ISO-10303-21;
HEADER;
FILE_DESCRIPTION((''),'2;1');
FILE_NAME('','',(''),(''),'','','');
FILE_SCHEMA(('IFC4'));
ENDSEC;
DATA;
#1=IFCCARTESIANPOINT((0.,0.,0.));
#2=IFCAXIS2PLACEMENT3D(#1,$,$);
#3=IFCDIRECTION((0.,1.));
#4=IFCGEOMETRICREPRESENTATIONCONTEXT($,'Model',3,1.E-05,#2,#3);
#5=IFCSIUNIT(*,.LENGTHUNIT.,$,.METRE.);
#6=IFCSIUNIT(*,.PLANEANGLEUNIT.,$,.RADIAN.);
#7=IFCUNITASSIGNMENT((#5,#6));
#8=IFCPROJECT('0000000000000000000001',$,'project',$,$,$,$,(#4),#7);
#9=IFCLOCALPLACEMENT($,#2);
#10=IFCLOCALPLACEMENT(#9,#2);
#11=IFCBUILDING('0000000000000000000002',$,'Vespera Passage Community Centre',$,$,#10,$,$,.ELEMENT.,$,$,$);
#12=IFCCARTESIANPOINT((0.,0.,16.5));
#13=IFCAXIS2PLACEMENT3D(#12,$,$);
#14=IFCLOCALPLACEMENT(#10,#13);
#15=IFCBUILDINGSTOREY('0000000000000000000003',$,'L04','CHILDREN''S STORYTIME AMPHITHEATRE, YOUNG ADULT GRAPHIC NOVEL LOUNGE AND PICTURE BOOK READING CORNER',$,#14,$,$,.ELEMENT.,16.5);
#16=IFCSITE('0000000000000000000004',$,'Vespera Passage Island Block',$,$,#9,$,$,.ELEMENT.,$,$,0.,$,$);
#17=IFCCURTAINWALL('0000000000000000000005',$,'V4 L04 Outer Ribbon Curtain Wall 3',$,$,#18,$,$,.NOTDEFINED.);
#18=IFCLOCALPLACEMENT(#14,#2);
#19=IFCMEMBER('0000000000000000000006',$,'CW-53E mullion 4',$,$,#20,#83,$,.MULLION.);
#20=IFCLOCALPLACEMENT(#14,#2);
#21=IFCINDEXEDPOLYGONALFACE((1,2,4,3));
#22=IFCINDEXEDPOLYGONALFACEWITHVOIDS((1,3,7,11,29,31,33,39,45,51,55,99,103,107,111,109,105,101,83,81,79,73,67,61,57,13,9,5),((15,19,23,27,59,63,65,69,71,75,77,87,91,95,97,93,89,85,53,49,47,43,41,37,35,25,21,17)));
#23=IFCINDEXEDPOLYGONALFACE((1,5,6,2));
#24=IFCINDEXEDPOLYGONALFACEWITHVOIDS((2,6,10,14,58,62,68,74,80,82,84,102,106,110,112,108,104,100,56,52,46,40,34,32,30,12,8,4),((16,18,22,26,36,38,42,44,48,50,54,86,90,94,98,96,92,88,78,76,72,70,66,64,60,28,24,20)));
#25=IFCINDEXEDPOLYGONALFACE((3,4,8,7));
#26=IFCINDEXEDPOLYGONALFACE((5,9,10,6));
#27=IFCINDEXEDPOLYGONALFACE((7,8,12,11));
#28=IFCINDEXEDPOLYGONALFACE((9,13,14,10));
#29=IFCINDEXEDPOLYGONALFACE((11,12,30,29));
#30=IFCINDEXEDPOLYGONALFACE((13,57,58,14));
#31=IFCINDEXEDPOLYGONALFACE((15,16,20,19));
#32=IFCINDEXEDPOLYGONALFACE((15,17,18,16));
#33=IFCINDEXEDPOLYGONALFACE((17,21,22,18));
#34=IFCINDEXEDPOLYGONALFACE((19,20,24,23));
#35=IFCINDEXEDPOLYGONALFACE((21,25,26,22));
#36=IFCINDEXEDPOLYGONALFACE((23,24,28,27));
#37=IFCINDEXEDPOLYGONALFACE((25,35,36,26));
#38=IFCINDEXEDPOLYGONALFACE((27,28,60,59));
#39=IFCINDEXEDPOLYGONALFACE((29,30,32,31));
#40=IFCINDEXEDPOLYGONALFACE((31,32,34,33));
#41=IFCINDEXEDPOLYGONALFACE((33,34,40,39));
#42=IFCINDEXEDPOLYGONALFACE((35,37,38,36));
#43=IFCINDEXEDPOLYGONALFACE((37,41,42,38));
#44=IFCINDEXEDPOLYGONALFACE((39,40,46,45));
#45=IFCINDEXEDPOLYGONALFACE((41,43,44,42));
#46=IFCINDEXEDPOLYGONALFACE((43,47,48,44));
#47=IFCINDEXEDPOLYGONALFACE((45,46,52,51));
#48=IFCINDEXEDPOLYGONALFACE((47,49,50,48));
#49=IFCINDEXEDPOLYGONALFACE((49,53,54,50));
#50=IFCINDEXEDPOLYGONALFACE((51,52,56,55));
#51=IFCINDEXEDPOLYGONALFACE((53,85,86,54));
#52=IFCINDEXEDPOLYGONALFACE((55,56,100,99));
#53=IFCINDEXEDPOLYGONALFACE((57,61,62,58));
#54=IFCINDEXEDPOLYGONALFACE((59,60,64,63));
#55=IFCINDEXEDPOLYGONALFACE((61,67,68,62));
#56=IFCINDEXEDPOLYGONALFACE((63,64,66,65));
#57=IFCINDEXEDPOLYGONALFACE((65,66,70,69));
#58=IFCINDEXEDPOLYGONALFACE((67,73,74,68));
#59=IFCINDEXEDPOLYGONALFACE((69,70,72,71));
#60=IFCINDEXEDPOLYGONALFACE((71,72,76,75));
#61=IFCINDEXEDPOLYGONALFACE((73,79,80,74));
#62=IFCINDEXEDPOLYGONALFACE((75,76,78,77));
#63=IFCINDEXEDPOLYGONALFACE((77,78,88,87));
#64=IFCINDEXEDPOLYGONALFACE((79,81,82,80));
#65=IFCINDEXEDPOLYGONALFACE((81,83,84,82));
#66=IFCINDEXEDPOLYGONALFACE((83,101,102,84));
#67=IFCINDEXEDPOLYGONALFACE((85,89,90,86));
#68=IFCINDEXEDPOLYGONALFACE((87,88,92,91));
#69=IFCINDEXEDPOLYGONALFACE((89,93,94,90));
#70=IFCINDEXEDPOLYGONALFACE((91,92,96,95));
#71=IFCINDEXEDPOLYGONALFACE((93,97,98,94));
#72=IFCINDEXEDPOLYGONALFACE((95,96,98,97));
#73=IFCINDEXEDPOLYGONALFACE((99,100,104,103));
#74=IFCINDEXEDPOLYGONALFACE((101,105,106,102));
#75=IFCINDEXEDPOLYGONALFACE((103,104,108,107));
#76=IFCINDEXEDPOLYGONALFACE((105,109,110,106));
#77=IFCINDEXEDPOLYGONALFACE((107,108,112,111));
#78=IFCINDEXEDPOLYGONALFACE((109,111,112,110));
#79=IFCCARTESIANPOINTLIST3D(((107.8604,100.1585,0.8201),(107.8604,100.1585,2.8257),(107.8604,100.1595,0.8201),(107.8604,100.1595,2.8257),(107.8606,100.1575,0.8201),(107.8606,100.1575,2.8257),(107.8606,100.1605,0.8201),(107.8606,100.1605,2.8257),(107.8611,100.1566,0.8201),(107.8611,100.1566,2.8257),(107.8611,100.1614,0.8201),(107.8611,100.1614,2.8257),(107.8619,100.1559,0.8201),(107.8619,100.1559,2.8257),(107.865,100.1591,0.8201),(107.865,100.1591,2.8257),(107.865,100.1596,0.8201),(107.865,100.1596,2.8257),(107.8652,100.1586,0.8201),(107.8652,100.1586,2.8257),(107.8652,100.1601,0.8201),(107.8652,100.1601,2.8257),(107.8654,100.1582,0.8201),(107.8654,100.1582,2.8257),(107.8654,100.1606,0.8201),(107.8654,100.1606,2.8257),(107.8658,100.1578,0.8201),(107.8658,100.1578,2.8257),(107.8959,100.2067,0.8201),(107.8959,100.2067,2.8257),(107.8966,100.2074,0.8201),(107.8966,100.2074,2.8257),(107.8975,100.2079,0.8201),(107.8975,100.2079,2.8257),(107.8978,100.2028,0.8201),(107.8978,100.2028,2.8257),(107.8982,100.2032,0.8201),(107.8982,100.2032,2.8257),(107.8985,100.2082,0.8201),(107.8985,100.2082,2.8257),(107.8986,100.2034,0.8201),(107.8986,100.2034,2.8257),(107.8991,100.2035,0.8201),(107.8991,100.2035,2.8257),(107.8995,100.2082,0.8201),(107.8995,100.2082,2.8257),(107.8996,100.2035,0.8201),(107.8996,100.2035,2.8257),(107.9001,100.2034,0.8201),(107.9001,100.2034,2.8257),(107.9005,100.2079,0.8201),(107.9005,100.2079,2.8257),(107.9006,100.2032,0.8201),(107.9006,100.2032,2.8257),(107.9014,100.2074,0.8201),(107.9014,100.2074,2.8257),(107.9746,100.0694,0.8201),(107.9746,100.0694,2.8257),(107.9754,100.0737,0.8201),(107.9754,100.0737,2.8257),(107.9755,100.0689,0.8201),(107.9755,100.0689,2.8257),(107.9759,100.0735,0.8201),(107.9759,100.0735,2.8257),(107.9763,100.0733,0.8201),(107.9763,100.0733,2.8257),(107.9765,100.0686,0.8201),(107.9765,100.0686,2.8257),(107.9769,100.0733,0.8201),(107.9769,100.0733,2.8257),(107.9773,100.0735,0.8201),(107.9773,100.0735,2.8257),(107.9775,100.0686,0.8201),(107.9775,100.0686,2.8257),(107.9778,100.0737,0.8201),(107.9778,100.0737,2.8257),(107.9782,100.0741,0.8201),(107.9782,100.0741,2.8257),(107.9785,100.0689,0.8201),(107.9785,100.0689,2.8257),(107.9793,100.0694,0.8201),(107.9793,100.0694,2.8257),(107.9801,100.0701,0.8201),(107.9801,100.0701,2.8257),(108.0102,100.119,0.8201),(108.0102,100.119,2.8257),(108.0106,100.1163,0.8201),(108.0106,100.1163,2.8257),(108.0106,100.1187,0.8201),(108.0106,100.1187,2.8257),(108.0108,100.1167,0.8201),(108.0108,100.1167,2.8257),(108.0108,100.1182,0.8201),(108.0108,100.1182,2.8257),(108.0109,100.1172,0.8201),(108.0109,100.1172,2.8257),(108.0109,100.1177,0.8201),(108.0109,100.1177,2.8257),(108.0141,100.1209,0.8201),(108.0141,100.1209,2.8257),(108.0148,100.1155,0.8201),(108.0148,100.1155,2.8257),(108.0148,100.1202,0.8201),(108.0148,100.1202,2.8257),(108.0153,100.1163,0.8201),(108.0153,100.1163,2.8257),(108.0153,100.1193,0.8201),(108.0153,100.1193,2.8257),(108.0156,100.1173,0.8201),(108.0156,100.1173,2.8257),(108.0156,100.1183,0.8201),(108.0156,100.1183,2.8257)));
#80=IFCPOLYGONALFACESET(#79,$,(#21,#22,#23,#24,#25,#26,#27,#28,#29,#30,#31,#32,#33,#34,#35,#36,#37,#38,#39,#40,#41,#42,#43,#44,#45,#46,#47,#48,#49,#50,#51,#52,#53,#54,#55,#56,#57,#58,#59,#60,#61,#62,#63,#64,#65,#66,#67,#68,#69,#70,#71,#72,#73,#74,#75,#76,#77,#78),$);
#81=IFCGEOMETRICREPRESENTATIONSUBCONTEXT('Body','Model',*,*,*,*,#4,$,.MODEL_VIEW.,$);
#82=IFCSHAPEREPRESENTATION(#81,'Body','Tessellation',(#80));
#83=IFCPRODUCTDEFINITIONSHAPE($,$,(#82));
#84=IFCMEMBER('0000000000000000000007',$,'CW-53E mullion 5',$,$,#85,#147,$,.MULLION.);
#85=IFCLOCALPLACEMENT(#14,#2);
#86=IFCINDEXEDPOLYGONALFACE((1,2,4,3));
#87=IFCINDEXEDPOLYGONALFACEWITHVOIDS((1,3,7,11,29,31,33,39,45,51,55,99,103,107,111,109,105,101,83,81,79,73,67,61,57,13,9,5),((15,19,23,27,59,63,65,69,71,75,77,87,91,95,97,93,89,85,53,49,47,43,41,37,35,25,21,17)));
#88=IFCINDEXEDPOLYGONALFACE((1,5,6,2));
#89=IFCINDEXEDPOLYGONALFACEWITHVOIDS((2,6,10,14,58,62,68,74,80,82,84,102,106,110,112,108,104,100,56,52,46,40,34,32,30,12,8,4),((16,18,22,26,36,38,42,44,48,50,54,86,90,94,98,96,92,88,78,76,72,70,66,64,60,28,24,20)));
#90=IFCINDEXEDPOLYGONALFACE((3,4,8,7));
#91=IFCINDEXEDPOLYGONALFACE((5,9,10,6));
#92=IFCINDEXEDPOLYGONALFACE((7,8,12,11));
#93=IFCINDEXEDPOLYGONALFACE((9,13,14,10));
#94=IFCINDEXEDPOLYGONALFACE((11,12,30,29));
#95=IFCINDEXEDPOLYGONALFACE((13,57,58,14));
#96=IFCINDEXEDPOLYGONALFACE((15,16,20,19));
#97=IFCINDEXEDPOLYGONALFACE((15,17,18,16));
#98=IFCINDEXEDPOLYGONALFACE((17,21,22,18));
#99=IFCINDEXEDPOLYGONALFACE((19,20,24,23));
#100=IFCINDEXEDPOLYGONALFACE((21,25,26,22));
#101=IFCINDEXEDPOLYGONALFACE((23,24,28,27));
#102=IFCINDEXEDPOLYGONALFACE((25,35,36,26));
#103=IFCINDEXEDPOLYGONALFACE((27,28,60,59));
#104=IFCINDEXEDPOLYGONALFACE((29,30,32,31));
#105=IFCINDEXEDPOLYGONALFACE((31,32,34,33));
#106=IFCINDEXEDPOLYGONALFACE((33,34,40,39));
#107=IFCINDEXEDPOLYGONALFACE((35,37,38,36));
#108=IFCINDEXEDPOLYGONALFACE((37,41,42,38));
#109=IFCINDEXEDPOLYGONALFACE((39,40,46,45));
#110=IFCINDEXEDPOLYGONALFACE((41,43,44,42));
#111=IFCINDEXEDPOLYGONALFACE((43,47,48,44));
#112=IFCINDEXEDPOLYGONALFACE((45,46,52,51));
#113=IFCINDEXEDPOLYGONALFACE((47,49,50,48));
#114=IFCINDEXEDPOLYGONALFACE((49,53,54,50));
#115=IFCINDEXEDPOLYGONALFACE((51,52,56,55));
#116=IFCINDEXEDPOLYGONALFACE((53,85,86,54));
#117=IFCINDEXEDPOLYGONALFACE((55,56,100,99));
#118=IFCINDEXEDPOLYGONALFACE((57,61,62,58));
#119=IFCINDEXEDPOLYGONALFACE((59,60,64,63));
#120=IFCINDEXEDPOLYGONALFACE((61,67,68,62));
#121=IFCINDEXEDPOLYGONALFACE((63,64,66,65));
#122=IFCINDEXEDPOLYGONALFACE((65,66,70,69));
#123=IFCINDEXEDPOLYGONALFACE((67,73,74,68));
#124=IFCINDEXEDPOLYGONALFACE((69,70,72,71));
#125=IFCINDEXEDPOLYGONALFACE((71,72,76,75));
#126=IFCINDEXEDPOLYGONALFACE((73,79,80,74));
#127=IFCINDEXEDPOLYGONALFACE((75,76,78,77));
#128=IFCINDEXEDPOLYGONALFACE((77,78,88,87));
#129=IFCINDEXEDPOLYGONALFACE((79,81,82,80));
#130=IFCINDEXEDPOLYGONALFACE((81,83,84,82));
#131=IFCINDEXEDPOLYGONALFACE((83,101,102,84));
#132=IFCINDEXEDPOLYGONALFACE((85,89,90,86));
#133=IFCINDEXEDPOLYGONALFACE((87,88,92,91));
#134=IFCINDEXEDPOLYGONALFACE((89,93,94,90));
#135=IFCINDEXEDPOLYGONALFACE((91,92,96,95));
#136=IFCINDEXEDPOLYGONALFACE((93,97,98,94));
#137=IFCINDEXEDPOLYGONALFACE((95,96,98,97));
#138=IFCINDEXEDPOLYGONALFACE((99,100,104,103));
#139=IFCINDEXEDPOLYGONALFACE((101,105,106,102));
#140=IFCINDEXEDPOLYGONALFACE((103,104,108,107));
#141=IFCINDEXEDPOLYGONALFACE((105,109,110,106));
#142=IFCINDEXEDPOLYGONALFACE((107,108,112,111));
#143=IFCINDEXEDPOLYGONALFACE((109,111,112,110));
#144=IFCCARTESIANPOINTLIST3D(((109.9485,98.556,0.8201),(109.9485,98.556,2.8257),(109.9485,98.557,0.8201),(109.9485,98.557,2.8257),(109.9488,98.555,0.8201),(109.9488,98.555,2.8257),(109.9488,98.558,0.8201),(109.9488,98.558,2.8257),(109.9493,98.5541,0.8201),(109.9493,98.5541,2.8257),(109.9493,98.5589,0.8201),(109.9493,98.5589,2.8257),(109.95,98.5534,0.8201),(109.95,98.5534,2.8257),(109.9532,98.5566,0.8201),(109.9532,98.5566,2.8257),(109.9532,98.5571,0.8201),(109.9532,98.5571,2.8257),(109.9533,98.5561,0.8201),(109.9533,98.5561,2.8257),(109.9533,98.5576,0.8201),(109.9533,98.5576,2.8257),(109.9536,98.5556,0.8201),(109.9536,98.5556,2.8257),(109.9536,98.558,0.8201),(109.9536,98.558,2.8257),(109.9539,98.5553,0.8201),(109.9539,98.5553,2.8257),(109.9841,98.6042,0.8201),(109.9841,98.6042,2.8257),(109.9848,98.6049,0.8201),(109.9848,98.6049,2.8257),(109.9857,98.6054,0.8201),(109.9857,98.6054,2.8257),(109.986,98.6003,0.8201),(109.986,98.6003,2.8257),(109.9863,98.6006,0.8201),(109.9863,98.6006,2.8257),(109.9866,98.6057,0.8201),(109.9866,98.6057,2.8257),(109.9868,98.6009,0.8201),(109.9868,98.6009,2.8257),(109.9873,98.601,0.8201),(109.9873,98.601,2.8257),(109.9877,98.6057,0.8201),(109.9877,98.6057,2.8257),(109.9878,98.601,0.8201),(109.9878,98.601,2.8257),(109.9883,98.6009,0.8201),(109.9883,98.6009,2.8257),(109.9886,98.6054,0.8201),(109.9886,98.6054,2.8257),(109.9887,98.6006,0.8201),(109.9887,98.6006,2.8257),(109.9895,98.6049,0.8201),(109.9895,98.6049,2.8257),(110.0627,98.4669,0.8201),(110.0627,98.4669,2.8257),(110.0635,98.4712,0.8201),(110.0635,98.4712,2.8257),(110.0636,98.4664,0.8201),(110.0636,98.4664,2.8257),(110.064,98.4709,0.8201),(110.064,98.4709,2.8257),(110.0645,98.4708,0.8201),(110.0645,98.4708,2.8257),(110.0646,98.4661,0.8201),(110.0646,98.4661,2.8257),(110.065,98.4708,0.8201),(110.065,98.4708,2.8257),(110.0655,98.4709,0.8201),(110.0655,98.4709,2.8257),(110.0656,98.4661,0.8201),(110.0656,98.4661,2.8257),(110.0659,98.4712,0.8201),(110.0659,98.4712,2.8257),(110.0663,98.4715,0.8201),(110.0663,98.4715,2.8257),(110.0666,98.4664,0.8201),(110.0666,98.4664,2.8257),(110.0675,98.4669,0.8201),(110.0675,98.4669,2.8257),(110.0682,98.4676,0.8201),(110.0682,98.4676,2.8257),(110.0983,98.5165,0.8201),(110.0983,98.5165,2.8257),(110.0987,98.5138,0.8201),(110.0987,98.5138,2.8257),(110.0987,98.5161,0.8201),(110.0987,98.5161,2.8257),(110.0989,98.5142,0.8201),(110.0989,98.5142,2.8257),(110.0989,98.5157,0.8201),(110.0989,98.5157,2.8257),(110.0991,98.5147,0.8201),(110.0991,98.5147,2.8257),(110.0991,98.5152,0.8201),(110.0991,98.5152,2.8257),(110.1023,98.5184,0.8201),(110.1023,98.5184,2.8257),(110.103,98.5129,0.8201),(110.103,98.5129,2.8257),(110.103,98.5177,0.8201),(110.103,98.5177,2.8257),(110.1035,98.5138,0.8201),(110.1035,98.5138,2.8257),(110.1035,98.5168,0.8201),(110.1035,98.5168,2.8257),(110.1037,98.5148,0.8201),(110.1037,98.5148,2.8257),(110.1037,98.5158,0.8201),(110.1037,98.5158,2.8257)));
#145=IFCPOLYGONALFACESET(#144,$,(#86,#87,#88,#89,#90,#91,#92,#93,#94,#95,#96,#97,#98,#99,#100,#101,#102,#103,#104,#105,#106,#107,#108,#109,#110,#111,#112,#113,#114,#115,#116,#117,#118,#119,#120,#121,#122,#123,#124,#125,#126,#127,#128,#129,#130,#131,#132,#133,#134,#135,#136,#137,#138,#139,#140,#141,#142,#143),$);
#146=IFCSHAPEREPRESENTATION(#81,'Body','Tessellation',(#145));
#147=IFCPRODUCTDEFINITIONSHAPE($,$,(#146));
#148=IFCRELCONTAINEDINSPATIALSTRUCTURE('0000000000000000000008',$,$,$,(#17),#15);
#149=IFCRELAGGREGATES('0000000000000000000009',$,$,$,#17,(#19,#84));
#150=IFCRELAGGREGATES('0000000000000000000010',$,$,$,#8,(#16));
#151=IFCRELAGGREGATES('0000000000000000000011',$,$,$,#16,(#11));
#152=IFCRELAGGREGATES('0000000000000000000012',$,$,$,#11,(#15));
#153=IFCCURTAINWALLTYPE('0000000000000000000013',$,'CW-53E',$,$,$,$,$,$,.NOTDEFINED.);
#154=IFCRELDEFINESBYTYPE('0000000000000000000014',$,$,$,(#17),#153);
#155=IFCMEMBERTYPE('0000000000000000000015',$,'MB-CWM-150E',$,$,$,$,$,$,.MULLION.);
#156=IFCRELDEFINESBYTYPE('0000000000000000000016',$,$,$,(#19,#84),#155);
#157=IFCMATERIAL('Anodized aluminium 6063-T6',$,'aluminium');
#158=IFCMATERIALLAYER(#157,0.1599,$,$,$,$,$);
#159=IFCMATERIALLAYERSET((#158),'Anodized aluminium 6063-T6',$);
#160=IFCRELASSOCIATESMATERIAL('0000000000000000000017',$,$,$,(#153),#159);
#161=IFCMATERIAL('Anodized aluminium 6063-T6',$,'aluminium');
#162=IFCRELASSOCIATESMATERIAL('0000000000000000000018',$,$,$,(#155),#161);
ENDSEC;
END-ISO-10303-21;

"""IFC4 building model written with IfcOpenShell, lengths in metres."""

from ifc_helpers import new_model, si_unit, direction, frame, origin, origin_2d, place, context, subcontext, project, spatial, hollow_rectangle, extrude, material, layer, layer_set, material_profile, profile_set, type_object, element, aggregate, save


model = new_model("IFC4")

# Units and contexts
model_context = context("Model", 3, precision=1e-05, world=origin(), true_north=direction((0.0, 1.0)))
body_context = subcontext(model_context, "Body", "Model", "MODEL_VIEW")
ifc_project = project(units=[si_unit("LENGTHUNIT", "METRE"), si_unit("PLANEANGLEUNIT", "RADIAN")], contexts=[model_context])

# Site, building, storey
site_placement = place(None, origin())
site = spatial("IfcSite", under=ifc_project, at=site_placement, Name="Vespera Passage Island Block", CompositionType="ELEMENT", RefElevation=0.0)
building_placement = place(site_placement, origin())
building = spatial("IfcBuilding", under=site, at=building_placement, Name="Vespera Passage Community Centre", CompositionType="ELEMENT")
storey_placement = place(building_placement, frame((0.0, 0.0, 16.5)))
storey = spatial("IfcBuildingStorey", under=building, at=storey_placement, Name="L04", Description="CHILDREN'S STORYTIME AMPHITHEATRE, YOUNG ADULT GRAPHIC NOVEL LOUNGE AND PICTURE BOOK READING CORNER", CompositionType="ELEMENT", Elevation=16.5)

# Curtain wall, members
ifc_material_1 = material(Name="Anodized aluminium 6063-T6", Category="aluminium")
ifc_layer_1 = layer(ifc_material_1, 0.1599)
ifc_layer_set_1 = layer_set([ifc_layer_1], Name="Anodized aluminium 6063-T6")
curtain_wall_type = type_object("IfcCurtainWallType", Name="CW-53E", PredefinedType="NOTDEFINED", material=ifc_layer_set_1)
curtain_wall_placement = place(storey_placement, origin())
curtain_wall = element("IfcCurtainWall", 1, at=curtain_wall_placement, inside=storey, type_object=curtain_wall_type, Name="V4 L04 Outer Ribbon Curtain Wall 3", PredefinedType="NOTDEFINED")
ifc_material_2 = material(Name="Anodized aluminium 6063-T6", Category="aluminium")
ifc_material_profile_1 = material_profile(ifc_material_2, hollow_rectangle(XDim=0.0649, YDim=0.1499, WallThickness=0.0039, InnerFilletRadius=0.002, OuterFilletRadius=0.0039, at=origin_2d()), Name="ALU150X65X4")
ifc_profile_set_1 = profile_set([ifc_material_profile_1], Name="Anodized aluminium 6063-T6")
member_type_1 = type_object("IfcMemberType", Name="MB-CWM-150E", PredefinedType="MULLION", material=ifc_profile_set_1)
member_1_placement = place(storey_placement, frame((107.938, 100.1384, 0.8201), z_axis=(0.0, 0.0, 1.0), x_axis=(0.608772, 0.793345, 0.0)))
member_1 = element("IfcMember", 2, at=member_1_placement, type_object=member_type_1, Name="CW-53E mullion 4", PredefinedType="MULLION", context=body_context, shape_type="SweptSolid", body=[
    extrude(hollow_rectangle(XDim=0.0649, YDim=0.1499, WallThickness=0.0039, InnerFilletRadius=0.002, OuterFilletRadius=0.0039, at=origin_2d()), origin(), (0.0, 0.0, 1.0), 2.0056),
])
member_2_placement = place(storey_placement, frame((110.0261, 98.5359, 0.8201), z_axis=(0.0, 0.0, 1.0), x_axis=(0.608772, 0.793345, 0.0)))
member_2 = element("IfcMember", 3, at=member_2_placement, type_object=member_type_1, Name="CW-53E mullion 5", PredefinedType="MULLION", context=body_context, shape_type="SweptSolid", body=[
    extrude(hollow_rectangle(XDim=0.0649, YDim=0.1499, WallThickness=0.0039, InnerFilletRadius=0.002, OuterFilletRadius=0.0039, at=origin_2d()), origin(), (0.0, 0.0, 1.0), 2.0056),
])
aggregate(curtain_wall, [member_1, member_2])

save(model, "model.ifc")
